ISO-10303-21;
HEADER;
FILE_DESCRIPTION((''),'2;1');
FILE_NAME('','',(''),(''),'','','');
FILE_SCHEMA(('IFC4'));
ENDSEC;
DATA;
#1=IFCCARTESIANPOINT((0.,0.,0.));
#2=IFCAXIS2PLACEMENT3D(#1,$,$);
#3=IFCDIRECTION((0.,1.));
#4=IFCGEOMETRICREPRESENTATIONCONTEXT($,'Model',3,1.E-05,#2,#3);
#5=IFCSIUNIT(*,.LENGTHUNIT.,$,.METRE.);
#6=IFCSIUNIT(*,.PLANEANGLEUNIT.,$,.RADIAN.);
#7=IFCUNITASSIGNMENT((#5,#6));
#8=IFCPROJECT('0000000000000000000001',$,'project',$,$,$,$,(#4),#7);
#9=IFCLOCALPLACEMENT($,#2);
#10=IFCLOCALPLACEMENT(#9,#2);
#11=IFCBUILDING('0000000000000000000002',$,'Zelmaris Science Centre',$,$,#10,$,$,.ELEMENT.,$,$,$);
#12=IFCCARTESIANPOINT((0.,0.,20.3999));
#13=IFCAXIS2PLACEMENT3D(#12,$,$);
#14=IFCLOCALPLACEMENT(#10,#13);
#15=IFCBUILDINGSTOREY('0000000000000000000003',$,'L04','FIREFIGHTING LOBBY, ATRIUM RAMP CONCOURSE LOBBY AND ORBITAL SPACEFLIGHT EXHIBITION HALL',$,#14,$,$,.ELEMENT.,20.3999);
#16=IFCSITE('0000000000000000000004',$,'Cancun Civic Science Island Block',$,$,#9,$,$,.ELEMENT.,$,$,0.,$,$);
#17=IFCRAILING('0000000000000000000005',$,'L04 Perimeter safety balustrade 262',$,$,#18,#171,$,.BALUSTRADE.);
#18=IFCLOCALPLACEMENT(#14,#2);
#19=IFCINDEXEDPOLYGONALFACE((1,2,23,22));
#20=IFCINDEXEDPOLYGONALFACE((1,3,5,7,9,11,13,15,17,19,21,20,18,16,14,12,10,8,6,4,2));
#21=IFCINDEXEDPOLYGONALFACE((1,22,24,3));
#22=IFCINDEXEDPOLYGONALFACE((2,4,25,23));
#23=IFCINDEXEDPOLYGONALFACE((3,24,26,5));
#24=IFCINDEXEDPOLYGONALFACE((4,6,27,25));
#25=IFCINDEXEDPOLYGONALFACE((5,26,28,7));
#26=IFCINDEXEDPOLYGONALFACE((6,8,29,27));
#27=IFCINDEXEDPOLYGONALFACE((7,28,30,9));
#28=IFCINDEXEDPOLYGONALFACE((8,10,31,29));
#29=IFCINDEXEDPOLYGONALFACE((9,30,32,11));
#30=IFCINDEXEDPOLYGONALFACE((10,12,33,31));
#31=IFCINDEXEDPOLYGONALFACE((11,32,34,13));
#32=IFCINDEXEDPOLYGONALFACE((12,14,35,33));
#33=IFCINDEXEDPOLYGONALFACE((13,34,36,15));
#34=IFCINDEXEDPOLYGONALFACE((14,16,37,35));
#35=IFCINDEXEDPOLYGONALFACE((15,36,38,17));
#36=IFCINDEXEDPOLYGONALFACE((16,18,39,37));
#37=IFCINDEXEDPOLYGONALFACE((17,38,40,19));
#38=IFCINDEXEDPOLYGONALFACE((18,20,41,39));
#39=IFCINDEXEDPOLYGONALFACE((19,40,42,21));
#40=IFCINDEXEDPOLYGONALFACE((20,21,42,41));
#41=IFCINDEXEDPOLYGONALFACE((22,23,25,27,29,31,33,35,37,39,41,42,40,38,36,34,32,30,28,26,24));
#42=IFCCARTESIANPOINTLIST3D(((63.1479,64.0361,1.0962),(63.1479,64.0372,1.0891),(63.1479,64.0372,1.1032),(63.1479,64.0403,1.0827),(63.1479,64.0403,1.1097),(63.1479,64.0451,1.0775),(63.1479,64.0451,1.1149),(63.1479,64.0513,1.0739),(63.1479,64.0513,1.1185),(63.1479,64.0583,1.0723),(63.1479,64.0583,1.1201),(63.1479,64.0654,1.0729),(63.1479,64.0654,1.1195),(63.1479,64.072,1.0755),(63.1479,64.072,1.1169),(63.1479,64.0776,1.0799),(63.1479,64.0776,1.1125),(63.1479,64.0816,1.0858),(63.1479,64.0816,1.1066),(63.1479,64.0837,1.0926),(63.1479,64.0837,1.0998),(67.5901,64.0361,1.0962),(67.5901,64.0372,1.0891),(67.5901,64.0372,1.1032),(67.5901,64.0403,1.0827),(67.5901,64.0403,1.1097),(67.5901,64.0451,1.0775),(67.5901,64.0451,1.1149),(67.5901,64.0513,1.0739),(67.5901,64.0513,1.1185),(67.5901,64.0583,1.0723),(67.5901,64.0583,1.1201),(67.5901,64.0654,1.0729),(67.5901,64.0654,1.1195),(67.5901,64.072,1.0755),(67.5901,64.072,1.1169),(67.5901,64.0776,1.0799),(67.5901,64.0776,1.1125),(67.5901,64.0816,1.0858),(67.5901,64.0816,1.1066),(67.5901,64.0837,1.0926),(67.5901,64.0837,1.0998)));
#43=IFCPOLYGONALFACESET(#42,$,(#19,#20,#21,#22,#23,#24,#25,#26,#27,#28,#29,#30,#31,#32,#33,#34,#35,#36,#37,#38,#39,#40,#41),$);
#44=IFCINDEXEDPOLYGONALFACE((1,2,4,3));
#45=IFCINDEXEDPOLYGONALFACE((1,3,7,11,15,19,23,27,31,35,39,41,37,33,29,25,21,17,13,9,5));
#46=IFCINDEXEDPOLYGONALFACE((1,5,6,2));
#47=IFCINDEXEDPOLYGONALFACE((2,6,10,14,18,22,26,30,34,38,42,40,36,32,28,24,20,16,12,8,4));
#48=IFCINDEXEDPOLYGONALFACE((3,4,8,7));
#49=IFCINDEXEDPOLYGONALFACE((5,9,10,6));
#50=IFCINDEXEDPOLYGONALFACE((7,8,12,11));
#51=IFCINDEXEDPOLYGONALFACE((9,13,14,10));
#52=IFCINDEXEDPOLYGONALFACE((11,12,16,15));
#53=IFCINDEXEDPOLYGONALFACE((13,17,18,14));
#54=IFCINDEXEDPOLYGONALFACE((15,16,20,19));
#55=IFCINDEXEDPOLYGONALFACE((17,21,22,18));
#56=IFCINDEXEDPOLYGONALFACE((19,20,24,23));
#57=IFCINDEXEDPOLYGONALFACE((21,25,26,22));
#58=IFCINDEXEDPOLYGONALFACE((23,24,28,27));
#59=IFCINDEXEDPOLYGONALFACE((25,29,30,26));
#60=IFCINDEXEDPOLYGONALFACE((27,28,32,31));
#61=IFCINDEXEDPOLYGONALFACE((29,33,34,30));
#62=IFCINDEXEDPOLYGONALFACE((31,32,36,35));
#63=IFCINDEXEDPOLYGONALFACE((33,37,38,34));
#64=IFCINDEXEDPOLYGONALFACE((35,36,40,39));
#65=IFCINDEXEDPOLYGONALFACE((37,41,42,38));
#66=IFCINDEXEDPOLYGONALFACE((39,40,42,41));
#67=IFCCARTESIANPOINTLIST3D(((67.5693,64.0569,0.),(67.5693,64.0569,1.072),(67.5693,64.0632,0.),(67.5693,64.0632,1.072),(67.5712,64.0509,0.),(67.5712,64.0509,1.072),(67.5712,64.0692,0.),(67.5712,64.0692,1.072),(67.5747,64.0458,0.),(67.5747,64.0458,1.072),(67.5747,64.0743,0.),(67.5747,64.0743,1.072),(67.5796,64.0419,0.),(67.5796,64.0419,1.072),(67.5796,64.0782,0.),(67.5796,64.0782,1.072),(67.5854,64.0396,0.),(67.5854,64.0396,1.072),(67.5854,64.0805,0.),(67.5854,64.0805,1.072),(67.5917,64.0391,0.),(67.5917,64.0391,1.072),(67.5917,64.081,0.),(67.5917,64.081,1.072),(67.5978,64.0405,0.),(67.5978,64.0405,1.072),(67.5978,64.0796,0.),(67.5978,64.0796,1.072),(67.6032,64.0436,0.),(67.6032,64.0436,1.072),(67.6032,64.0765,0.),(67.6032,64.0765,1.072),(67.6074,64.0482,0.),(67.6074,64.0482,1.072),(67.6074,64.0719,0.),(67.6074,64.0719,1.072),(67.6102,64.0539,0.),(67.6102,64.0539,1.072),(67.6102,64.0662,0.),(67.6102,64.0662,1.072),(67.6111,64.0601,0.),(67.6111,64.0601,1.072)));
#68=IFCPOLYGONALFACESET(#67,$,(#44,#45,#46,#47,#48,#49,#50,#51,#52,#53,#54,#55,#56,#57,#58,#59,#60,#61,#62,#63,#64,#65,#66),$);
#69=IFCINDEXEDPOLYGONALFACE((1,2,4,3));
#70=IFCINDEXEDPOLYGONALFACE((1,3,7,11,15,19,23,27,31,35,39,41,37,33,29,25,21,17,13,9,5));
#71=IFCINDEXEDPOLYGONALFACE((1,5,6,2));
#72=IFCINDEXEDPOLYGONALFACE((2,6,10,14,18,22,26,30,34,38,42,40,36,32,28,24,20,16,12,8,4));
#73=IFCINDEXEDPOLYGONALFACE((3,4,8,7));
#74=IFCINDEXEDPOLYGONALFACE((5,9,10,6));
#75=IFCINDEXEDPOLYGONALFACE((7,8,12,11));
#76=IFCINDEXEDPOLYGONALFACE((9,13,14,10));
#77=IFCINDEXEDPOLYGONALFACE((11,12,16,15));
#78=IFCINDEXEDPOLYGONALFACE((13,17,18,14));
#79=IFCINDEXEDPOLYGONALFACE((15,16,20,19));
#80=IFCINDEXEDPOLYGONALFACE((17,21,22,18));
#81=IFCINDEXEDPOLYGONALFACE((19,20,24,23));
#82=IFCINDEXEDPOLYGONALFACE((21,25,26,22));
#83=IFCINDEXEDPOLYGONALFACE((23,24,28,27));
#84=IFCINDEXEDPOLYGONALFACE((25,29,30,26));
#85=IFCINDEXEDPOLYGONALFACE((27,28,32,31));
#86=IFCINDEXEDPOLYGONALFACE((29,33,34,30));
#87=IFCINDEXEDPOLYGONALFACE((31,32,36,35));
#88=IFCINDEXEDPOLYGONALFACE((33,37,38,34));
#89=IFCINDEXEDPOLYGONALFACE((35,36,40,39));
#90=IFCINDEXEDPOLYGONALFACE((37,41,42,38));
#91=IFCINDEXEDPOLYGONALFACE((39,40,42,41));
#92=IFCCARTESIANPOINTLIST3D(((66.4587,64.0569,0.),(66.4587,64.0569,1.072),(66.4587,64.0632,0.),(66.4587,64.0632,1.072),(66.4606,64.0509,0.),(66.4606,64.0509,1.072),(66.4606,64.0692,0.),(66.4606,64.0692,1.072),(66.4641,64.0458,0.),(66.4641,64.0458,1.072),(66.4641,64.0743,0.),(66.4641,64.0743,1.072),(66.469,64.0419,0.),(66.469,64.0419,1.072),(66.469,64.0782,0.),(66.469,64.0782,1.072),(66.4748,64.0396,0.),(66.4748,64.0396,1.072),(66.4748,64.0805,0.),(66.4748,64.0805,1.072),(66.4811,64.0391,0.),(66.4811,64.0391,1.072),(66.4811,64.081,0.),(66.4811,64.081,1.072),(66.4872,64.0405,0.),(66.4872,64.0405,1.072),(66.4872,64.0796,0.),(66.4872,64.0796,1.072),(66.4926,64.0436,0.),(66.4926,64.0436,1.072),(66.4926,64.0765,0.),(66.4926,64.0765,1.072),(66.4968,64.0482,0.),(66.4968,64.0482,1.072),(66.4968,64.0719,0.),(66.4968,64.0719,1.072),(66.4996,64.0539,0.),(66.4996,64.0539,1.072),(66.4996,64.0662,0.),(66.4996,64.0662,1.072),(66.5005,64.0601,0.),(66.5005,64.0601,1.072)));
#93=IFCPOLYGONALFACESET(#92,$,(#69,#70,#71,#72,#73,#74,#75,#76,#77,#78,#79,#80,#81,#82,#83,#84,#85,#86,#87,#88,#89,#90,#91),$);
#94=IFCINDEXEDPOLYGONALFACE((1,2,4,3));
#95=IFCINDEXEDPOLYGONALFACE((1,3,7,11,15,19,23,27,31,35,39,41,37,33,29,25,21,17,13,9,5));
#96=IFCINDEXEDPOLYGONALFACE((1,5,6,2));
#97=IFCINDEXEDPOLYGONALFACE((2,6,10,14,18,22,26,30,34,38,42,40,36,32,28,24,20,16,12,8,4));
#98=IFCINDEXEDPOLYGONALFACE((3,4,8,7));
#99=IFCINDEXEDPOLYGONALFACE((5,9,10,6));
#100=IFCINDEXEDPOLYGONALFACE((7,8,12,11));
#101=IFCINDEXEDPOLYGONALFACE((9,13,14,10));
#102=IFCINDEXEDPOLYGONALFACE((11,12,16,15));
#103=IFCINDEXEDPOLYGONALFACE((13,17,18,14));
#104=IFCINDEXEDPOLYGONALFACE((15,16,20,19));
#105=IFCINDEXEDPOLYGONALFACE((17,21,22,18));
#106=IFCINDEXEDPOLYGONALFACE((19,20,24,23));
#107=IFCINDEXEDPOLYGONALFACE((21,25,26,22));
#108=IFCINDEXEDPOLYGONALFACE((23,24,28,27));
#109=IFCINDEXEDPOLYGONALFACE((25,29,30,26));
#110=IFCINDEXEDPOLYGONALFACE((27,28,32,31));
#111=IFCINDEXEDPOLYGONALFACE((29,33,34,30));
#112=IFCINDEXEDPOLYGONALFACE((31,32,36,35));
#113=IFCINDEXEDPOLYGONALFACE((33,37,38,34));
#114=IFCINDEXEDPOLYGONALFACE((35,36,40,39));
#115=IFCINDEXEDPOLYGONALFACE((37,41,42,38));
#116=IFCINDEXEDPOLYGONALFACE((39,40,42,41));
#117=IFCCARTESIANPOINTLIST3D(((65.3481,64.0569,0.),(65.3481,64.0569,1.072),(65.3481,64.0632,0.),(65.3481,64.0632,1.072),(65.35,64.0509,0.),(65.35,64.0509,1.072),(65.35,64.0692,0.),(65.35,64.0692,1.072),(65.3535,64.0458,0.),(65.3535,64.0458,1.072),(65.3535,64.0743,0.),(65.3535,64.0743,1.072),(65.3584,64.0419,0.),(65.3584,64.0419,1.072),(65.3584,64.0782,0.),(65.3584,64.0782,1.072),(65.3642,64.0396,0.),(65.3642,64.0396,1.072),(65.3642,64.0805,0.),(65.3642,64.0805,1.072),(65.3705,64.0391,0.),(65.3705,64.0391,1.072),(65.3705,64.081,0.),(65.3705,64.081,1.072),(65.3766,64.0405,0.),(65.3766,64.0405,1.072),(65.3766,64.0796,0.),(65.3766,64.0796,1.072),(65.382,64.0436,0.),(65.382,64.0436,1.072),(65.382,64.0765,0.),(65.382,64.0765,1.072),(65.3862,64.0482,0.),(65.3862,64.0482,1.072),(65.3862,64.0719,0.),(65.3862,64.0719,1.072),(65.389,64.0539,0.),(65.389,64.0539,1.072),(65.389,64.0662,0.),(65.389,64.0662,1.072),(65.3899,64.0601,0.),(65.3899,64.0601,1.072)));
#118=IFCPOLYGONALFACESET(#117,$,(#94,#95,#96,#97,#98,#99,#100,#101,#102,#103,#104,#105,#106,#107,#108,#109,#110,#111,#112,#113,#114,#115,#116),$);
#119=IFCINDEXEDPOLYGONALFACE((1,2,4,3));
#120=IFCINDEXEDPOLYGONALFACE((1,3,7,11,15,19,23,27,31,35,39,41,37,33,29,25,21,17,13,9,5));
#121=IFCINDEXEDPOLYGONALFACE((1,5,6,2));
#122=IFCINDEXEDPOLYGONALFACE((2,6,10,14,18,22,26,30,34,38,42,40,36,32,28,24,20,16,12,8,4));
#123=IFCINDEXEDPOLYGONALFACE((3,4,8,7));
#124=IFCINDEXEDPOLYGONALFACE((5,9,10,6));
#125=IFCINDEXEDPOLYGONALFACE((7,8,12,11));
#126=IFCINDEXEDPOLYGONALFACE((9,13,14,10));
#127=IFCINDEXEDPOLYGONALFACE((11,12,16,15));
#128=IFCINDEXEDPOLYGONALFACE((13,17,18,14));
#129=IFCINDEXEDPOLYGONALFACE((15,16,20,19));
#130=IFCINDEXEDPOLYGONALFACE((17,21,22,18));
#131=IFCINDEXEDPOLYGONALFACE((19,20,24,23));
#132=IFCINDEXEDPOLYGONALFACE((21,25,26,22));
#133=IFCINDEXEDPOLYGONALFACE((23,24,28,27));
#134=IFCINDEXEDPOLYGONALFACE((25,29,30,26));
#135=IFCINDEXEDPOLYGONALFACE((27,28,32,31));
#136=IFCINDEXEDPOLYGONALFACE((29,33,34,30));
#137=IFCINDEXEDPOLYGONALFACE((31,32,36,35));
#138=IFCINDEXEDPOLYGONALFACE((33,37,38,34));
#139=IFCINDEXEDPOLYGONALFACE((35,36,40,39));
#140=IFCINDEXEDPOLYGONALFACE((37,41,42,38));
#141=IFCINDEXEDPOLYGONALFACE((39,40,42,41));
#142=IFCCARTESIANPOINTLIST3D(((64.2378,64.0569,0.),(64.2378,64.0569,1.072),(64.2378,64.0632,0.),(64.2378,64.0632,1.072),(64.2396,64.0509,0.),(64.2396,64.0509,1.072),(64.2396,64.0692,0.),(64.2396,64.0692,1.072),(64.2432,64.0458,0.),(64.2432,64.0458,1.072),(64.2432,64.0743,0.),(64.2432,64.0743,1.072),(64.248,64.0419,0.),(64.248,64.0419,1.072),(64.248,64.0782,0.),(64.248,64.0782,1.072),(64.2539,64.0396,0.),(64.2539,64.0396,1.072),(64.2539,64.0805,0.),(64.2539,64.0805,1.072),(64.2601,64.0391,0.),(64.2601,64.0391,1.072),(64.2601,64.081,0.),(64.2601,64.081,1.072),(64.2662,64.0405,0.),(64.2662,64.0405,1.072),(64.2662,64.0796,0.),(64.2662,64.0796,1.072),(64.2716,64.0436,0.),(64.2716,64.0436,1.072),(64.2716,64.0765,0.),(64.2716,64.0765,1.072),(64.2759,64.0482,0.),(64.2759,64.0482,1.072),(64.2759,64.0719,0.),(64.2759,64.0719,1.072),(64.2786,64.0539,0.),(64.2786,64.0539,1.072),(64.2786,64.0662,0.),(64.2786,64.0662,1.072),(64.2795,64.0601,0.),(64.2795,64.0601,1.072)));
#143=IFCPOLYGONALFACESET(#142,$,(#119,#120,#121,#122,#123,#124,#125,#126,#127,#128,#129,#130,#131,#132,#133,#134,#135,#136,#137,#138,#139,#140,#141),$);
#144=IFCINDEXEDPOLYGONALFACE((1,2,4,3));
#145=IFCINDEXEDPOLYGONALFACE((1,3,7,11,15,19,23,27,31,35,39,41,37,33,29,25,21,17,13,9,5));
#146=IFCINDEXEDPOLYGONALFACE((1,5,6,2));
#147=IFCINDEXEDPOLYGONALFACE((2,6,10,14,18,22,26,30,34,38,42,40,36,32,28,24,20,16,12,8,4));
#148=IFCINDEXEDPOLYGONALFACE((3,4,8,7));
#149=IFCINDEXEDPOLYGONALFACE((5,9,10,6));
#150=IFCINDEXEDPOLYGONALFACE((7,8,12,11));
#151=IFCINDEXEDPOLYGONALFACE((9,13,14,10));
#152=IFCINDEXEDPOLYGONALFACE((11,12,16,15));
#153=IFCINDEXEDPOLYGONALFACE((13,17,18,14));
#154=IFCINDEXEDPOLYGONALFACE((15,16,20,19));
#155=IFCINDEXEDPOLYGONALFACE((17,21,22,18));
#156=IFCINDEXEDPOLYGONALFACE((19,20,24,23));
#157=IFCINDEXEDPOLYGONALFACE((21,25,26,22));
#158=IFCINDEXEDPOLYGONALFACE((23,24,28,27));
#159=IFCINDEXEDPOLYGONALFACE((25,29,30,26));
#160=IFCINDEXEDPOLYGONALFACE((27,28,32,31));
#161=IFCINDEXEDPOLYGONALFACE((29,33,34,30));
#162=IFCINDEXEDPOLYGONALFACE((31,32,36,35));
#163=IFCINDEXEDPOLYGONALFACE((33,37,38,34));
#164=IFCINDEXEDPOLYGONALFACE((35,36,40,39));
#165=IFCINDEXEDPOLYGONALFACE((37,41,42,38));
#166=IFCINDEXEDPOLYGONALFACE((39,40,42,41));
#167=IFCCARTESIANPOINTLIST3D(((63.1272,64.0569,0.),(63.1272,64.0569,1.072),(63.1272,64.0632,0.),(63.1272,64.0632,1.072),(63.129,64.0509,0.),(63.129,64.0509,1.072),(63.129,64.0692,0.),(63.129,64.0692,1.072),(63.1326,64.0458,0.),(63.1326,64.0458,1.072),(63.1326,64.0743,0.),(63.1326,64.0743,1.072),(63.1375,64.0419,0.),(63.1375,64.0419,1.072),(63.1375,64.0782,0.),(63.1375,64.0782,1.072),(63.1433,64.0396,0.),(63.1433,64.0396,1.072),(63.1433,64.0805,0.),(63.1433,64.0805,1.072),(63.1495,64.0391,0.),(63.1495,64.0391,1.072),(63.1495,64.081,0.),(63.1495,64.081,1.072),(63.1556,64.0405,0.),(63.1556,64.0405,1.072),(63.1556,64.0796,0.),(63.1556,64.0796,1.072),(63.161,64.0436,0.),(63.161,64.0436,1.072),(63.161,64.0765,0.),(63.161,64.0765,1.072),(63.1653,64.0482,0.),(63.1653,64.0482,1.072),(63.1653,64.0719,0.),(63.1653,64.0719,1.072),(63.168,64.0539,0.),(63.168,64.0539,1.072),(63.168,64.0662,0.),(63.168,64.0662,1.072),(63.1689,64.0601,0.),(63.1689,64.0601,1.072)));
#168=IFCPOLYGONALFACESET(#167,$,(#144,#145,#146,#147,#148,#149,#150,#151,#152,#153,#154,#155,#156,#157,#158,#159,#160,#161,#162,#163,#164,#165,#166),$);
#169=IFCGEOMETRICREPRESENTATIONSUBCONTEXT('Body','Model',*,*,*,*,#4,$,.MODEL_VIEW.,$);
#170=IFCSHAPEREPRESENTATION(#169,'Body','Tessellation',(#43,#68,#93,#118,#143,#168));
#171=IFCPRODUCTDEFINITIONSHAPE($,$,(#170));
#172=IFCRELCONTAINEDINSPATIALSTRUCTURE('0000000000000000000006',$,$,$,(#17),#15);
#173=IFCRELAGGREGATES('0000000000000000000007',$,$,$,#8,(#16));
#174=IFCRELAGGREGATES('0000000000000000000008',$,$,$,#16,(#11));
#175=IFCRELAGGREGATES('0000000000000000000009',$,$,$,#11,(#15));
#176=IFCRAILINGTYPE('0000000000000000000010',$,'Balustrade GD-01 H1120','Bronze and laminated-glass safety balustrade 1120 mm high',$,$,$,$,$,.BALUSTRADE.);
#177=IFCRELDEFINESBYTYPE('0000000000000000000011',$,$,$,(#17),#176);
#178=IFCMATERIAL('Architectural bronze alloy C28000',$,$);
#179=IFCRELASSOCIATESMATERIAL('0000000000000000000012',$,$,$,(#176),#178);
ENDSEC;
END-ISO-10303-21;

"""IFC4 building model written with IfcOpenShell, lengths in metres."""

from ifc_helpers import new_model, si_unit, direction, frame, origin, origin_2d, place, context, subcontext, project, spatial, circle, extrude, material, type_object, element, save


model = new_model("IFC4")

# Units and contexts
model_context = context("Model", 3, precision=1e-05, world=origin(), true_north=direction((0.0, 1.0)))
body_context = subcontext(model_context, "Body", "Model", "MODEL_VIEW")
ifc_project = project(units=[si_unit("LENGTHUNIT", "METRE"), si_unit("PLANEANGLEUNIT", "RADIAN")], contexts=[model_context])

# Site, building, storey
site_placement = place(None, origin())
site = spatial("IfcSite", under=ifc_project, at=site_placement, Name="Cancun Civic Science Island Block", CompositionType="ELEMENT", RefElevation=0.0)
building_placement = place(site_placement, origin())
building = spatial("IfcBuilding", under=site, at=building_placement, Name="Zelmaris Science Centre", CompositionType="ELEMENT")
storey_placement = place(building_placement, frame((0.0, 0.0, 20.3999)))
storey = spatial("IfcBuildingStorey", under=building, at=storey_placement, Name="L04", Description="FIREFIGHTING LOBBY, ATRIUM RAMP CONCOURSE LOBBY AND ORBITAL SPACEFLIGHT EXHIBITION HALL", CompositionType="ELEMENT", Elevation=20.3999)

# Railing
ifc_material_1 = material(Name="Architectural bronze alloy C28000")
railing_type = type_object("IfcRailingType", Name="Balustrade GD-01 H1120", Description="Bronze and laminated-glass safety balustrade 1120 mm high", PredefinedType="BALUSTRADE", material=ifc_material_1)
railing_1_placement = place(storey_placement, frame((67.5901, 64.0601, 0.0)))
element("IfcRailing", 1, at=railing_1_placement, inside=storey, type_object=railing_type, Name="L04 Perimeter safety balustrade 262", PredefinedType="BALUSTRADE", context=body_context, shape_type="SweptSolid", body=[
    extrude(circle(Radius=0.0239, at=origin_2d()), frame((0.0, 0.0, 1.0962), z_axis=(-1.0, 0.0, 0.0), x_axis=(0.0, -1.0, 0.0)), (0.0, 0.0, 1.0), 4.4421),
    extrude(circle(Radius=0.021, at=origin_2d()), origin(), (0.0, 0.0, 1.0), 1.072),
    extrude(circle(Radius=0.021, at=origin_2d()), frame((-1.1106, 0.0, 0.0)), (0.0, 0.0, 1.0), 1.072),
    extrude(circle(Radius=0.021, at=origin_2d()), frame((-2.2212, 0.0, 0.0)), (0.0, 0.0, 1.0), 1.072),
    extrude(circle(Radius=0.021, at=origin_2d()), frame((-3.3315, 0.0, 0.0)), (0.0, 0.0, 1.0), 1.072),
    extrude(circle(Radius=0.021, at=origin_2d()), frame((-4.4421, 0.0, 0.0)), (0.0, 0.0, 1.0), 1.072),
])

save(model, "model.ifc")
